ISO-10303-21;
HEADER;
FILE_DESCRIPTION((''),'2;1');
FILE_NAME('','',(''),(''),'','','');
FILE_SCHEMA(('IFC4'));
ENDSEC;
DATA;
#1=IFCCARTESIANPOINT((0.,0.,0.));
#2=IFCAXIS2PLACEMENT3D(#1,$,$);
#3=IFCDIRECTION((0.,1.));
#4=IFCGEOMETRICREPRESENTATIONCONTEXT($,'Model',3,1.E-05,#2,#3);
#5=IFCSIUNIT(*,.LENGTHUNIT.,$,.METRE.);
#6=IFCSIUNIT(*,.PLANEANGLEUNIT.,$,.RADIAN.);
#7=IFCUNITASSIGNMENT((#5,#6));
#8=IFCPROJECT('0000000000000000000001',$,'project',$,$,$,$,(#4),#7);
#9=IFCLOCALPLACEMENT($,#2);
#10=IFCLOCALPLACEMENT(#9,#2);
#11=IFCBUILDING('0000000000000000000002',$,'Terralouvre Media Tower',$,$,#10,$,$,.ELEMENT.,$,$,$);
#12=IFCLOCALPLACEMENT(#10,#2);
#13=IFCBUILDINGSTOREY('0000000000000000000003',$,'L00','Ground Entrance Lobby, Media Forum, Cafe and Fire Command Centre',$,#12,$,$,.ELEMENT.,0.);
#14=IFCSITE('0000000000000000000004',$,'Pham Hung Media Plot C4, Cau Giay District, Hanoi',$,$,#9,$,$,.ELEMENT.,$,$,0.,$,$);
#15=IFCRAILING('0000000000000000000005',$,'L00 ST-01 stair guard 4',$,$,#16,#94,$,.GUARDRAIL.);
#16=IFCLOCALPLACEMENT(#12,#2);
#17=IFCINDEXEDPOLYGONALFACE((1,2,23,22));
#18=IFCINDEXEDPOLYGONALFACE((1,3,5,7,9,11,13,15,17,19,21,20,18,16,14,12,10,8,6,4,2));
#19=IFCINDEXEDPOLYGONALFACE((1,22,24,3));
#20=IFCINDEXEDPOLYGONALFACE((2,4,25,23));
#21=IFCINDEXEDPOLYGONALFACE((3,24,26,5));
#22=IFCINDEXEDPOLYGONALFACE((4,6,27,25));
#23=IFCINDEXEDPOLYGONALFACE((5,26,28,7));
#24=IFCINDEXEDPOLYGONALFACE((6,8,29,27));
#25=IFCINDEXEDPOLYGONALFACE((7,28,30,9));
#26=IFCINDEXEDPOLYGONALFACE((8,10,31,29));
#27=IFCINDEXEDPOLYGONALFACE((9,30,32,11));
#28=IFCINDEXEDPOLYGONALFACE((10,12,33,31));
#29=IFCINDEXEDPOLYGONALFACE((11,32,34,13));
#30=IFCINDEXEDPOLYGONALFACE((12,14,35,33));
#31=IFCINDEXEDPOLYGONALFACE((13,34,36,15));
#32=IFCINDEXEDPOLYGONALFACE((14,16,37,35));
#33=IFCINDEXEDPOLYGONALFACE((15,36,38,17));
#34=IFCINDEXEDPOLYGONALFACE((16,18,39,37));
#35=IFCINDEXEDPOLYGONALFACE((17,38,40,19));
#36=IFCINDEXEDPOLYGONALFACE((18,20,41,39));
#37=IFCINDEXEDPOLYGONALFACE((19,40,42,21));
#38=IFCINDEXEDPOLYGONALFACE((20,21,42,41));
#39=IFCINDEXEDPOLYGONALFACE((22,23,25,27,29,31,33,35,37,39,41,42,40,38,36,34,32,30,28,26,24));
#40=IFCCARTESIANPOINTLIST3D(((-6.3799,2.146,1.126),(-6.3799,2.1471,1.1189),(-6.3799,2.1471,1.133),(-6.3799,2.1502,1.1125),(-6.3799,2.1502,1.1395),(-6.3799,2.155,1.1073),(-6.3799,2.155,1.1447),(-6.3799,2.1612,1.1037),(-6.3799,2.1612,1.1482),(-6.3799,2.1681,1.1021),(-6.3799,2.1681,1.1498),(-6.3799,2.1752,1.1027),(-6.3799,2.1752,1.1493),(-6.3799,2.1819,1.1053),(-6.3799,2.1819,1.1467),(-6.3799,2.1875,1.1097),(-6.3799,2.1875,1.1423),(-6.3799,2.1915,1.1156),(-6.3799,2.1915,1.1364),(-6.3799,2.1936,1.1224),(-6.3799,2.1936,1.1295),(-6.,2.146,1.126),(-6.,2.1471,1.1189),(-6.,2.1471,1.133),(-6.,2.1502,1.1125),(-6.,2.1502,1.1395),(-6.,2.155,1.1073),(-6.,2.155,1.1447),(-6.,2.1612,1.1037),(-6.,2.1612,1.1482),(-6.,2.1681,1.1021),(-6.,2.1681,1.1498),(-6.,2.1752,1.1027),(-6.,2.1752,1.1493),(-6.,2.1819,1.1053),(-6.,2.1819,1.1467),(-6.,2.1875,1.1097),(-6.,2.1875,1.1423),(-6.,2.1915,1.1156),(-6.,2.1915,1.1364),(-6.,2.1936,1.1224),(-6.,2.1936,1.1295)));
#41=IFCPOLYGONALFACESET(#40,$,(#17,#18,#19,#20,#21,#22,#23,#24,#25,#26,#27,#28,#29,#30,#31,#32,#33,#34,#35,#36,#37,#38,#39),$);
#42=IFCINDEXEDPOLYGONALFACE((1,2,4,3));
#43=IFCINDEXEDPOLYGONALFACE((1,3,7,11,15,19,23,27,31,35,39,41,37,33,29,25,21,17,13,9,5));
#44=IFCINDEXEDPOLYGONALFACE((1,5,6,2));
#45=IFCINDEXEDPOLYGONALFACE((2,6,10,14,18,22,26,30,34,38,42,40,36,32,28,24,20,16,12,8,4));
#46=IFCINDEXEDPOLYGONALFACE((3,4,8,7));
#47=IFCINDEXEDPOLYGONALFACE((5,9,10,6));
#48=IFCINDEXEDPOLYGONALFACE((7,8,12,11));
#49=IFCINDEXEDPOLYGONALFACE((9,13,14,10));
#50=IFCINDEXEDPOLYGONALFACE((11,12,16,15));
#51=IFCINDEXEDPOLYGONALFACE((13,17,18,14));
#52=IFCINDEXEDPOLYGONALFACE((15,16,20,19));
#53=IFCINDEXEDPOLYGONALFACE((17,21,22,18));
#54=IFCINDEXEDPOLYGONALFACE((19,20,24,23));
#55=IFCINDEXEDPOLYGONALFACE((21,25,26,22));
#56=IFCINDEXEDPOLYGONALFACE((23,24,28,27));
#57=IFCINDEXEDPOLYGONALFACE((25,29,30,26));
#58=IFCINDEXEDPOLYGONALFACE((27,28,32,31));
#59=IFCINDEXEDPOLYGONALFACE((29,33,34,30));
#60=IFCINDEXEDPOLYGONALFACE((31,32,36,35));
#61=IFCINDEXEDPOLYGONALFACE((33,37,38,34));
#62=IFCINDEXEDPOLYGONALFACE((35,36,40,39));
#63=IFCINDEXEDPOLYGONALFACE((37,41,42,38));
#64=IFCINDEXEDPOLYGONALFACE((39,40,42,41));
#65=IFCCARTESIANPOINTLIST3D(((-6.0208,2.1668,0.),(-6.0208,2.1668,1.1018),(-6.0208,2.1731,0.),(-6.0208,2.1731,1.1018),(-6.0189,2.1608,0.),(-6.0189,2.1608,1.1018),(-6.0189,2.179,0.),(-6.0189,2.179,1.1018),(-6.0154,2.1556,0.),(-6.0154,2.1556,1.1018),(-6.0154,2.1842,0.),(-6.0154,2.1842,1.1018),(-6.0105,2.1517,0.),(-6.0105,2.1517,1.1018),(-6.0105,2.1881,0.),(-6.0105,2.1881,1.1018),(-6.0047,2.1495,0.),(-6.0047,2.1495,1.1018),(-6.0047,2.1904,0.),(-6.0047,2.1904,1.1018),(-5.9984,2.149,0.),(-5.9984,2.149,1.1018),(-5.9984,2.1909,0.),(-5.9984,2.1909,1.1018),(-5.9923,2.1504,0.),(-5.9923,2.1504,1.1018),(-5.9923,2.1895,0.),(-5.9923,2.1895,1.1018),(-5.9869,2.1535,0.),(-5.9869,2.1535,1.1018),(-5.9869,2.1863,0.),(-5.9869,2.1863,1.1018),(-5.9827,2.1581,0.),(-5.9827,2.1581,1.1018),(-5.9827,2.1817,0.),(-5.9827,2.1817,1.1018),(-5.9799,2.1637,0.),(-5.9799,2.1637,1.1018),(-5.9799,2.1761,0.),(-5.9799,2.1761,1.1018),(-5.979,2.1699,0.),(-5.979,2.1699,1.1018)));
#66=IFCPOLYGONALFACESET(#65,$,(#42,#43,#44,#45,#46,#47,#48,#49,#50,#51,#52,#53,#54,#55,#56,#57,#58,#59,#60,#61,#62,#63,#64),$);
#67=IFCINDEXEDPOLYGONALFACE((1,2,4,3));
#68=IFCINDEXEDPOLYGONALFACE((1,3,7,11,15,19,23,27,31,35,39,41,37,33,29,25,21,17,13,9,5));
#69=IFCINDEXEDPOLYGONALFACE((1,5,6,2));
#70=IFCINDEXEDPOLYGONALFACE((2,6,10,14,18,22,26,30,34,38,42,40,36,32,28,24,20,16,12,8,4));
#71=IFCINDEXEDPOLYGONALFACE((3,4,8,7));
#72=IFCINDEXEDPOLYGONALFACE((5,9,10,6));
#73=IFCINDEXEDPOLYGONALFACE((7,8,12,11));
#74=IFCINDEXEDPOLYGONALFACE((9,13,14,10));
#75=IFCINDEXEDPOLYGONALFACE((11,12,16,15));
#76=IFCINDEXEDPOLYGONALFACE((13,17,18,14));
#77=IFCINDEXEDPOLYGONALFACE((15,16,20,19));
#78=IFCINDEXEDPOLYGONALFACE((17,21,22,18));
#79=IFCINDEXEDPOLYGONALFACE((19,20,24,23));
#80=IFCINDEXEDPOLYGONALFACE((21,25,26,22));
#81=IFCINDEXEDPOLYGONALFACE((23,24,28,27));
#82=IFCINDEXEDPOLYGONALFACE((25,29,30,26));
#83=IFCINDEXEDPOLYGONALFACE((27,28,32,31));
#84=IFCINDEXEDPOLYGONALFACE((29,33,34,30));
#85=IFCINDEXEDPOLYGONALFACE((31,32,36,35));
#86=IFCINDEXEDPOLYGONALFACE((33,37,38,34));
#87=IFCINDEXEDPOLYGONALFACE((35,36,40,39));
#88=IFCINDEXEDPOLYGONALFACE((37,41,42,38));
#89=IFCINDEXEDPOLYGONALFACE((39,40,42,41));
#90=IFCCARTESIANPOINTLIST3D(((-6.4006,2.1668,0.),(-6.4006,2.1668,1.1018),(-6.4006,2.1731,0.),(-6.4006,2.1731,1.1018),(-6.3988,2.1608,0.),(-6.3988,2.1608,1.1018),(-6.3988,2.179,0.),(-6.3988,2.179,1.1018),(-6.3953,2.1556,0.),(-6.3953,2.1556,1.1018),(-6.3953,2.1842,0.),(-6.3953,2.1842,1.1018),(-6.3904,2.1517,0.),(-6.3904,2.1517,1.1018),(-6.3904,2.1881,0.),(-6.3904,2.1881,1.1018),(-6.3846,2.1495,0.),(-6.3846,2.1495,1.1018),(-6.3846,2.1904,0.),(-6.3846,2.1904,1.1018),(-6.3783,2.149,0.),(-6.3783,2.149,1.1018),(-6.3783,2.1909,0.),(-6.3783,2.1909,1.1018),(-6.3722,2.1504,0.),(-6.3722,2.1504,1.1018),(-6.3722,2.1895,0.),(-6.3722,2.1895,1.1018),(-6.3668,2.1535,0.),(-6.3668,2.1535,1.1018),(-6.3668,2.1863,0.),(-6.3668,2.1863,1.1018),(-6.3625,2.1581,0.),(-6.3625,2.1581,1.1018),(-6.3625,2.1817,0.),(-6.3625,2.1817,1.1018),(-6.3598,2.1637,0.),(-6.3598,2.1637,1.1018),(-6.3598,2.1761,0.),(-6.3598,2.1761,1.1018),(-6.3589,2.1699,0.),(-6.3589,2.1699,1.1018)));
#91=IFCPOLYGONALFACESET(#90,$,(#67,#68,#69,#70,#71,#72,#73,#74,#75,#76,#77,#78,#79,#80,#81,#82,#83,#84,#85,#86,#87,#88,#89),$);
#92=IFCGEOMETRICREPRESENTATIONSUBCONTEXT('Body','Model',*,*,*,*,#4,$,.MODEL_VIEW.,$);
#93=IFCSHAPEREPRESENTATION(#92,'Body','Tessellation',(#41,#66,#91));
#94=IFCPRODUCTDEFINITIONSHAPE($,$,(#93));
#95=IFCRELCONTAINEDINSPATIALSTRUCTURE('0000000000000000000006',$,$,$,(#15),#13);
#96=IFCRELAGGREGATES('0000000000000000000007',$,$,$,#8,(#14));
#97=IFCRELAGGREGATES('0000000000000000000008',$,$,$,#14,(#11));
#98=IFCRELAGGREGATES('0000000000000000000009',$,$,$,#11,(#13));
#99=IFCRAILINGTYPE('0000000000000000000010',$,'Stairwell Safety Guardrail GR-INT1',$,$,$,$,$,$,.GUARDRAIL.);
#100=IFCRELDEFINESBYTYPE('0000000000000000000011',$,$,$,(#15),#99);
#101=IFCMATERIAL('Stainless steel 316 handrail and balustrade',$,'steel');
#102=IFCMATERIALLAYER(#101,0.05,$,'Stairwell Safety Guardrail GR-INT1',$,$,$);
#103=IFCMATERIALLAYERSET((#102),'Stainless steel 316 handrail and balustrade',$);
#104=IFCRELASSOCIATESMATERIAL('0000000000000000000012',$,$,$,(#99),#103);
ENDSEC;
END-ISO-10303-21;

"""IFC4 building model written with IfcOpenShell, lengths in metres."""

from ifc_helpers import new_model, si_unit, direction, frame, origin, origin_2d, place, context, subcontext, project, spatial, circle, extrude, material, layer, layer_set, type_object, element, save


model = new_model("IFC4")

# Units and contexts
model_context = context("Model", 3, precision=1e-05, world=origin(), true_north=direction((0.0, 1.0)))
body_context = subcontext(model_context, "Body", "Model", "MODEL_VIEW")
ifc_project = project(units=[si_unit("LENGTHUNIT", "METRE"), si_unit("PLANEANGLEUNIT", "RADIAN")], contexts=[model_context])

# Site, building, storey
site_placement = place(None, origin())
site = spatial("IfcSite", under=ifc_project, at=site_placement, Name="Pham Hung Media Plot C4, Cau Giay District, Hanoi", CompositionType="ELEMENT", RefElevation=0.0)
building_placement = place(site_placement, origin())
building = spatial("IfcBuilding", under=site, at=building_placement, Name="Terralouvre Media Tower", CompositionType="ELEMENT")
storey_placement = place(building_placement, origin())
storey = spatial("IfcBuildingStorey", under=building, at=storey_placement, Name="L00", Description="Ground Entrance Lobby, Media Forum, Cafe and Fire Command Centre", CompositionType="ELEMENT", Elevation=0.0)

# Railing
ifc_material_1 = material(Name="Stainless steel 316 handrail and balustrade", Category="steel")
ifc_layer_1 = layer(ifc_material_1, 0.05, Name="Stairwell Safety Guardrail GR-INT1")
ifc_layer_set_1 = layer_set([ifc_layer_1], Name="Stainless steel 316 handrail and balustrade")
railing_type_1 = type_object("IfcRailingType", Name="Stairwell Safety Guardrail GR-INT1", PredefinedType="GUARDRAIL", material=ifc_layer_set_1)
railing_1_placement = place(storey_placement, frame((-6.0, 2.1699, 0.0)))
element("IfcRailing", 1, at=railing_1_placement, inside=storey, type_object=railing_type_1, Name="L00 ST-01 stair guard 4", PredefinedType="GUARDRAIL", context=body_context, shape_type="SweptSolid", body=[
    extrude(circle(Radius=0.0239, at=origin_2d()), frame((0.0, 0.0, 1.126), z_axis=(-1.0, 0.0, 0.0), x_axis=(0.0, -1.0, 0.0)), (0.0, 0.0, 1.0), 0.3799),
    extrude(circle(Radius=0.021, at=origin_2d()), origin(), (0.0, 0.0, 1.0), 1.1018),
    extrude(circle(Radius=0.021, at=origin_2d()), frame((-0.3799, 0.0, 0.0)), (0.0, 0.0, 1.0), 1.1018),
])

save(model, "model.ifc")
